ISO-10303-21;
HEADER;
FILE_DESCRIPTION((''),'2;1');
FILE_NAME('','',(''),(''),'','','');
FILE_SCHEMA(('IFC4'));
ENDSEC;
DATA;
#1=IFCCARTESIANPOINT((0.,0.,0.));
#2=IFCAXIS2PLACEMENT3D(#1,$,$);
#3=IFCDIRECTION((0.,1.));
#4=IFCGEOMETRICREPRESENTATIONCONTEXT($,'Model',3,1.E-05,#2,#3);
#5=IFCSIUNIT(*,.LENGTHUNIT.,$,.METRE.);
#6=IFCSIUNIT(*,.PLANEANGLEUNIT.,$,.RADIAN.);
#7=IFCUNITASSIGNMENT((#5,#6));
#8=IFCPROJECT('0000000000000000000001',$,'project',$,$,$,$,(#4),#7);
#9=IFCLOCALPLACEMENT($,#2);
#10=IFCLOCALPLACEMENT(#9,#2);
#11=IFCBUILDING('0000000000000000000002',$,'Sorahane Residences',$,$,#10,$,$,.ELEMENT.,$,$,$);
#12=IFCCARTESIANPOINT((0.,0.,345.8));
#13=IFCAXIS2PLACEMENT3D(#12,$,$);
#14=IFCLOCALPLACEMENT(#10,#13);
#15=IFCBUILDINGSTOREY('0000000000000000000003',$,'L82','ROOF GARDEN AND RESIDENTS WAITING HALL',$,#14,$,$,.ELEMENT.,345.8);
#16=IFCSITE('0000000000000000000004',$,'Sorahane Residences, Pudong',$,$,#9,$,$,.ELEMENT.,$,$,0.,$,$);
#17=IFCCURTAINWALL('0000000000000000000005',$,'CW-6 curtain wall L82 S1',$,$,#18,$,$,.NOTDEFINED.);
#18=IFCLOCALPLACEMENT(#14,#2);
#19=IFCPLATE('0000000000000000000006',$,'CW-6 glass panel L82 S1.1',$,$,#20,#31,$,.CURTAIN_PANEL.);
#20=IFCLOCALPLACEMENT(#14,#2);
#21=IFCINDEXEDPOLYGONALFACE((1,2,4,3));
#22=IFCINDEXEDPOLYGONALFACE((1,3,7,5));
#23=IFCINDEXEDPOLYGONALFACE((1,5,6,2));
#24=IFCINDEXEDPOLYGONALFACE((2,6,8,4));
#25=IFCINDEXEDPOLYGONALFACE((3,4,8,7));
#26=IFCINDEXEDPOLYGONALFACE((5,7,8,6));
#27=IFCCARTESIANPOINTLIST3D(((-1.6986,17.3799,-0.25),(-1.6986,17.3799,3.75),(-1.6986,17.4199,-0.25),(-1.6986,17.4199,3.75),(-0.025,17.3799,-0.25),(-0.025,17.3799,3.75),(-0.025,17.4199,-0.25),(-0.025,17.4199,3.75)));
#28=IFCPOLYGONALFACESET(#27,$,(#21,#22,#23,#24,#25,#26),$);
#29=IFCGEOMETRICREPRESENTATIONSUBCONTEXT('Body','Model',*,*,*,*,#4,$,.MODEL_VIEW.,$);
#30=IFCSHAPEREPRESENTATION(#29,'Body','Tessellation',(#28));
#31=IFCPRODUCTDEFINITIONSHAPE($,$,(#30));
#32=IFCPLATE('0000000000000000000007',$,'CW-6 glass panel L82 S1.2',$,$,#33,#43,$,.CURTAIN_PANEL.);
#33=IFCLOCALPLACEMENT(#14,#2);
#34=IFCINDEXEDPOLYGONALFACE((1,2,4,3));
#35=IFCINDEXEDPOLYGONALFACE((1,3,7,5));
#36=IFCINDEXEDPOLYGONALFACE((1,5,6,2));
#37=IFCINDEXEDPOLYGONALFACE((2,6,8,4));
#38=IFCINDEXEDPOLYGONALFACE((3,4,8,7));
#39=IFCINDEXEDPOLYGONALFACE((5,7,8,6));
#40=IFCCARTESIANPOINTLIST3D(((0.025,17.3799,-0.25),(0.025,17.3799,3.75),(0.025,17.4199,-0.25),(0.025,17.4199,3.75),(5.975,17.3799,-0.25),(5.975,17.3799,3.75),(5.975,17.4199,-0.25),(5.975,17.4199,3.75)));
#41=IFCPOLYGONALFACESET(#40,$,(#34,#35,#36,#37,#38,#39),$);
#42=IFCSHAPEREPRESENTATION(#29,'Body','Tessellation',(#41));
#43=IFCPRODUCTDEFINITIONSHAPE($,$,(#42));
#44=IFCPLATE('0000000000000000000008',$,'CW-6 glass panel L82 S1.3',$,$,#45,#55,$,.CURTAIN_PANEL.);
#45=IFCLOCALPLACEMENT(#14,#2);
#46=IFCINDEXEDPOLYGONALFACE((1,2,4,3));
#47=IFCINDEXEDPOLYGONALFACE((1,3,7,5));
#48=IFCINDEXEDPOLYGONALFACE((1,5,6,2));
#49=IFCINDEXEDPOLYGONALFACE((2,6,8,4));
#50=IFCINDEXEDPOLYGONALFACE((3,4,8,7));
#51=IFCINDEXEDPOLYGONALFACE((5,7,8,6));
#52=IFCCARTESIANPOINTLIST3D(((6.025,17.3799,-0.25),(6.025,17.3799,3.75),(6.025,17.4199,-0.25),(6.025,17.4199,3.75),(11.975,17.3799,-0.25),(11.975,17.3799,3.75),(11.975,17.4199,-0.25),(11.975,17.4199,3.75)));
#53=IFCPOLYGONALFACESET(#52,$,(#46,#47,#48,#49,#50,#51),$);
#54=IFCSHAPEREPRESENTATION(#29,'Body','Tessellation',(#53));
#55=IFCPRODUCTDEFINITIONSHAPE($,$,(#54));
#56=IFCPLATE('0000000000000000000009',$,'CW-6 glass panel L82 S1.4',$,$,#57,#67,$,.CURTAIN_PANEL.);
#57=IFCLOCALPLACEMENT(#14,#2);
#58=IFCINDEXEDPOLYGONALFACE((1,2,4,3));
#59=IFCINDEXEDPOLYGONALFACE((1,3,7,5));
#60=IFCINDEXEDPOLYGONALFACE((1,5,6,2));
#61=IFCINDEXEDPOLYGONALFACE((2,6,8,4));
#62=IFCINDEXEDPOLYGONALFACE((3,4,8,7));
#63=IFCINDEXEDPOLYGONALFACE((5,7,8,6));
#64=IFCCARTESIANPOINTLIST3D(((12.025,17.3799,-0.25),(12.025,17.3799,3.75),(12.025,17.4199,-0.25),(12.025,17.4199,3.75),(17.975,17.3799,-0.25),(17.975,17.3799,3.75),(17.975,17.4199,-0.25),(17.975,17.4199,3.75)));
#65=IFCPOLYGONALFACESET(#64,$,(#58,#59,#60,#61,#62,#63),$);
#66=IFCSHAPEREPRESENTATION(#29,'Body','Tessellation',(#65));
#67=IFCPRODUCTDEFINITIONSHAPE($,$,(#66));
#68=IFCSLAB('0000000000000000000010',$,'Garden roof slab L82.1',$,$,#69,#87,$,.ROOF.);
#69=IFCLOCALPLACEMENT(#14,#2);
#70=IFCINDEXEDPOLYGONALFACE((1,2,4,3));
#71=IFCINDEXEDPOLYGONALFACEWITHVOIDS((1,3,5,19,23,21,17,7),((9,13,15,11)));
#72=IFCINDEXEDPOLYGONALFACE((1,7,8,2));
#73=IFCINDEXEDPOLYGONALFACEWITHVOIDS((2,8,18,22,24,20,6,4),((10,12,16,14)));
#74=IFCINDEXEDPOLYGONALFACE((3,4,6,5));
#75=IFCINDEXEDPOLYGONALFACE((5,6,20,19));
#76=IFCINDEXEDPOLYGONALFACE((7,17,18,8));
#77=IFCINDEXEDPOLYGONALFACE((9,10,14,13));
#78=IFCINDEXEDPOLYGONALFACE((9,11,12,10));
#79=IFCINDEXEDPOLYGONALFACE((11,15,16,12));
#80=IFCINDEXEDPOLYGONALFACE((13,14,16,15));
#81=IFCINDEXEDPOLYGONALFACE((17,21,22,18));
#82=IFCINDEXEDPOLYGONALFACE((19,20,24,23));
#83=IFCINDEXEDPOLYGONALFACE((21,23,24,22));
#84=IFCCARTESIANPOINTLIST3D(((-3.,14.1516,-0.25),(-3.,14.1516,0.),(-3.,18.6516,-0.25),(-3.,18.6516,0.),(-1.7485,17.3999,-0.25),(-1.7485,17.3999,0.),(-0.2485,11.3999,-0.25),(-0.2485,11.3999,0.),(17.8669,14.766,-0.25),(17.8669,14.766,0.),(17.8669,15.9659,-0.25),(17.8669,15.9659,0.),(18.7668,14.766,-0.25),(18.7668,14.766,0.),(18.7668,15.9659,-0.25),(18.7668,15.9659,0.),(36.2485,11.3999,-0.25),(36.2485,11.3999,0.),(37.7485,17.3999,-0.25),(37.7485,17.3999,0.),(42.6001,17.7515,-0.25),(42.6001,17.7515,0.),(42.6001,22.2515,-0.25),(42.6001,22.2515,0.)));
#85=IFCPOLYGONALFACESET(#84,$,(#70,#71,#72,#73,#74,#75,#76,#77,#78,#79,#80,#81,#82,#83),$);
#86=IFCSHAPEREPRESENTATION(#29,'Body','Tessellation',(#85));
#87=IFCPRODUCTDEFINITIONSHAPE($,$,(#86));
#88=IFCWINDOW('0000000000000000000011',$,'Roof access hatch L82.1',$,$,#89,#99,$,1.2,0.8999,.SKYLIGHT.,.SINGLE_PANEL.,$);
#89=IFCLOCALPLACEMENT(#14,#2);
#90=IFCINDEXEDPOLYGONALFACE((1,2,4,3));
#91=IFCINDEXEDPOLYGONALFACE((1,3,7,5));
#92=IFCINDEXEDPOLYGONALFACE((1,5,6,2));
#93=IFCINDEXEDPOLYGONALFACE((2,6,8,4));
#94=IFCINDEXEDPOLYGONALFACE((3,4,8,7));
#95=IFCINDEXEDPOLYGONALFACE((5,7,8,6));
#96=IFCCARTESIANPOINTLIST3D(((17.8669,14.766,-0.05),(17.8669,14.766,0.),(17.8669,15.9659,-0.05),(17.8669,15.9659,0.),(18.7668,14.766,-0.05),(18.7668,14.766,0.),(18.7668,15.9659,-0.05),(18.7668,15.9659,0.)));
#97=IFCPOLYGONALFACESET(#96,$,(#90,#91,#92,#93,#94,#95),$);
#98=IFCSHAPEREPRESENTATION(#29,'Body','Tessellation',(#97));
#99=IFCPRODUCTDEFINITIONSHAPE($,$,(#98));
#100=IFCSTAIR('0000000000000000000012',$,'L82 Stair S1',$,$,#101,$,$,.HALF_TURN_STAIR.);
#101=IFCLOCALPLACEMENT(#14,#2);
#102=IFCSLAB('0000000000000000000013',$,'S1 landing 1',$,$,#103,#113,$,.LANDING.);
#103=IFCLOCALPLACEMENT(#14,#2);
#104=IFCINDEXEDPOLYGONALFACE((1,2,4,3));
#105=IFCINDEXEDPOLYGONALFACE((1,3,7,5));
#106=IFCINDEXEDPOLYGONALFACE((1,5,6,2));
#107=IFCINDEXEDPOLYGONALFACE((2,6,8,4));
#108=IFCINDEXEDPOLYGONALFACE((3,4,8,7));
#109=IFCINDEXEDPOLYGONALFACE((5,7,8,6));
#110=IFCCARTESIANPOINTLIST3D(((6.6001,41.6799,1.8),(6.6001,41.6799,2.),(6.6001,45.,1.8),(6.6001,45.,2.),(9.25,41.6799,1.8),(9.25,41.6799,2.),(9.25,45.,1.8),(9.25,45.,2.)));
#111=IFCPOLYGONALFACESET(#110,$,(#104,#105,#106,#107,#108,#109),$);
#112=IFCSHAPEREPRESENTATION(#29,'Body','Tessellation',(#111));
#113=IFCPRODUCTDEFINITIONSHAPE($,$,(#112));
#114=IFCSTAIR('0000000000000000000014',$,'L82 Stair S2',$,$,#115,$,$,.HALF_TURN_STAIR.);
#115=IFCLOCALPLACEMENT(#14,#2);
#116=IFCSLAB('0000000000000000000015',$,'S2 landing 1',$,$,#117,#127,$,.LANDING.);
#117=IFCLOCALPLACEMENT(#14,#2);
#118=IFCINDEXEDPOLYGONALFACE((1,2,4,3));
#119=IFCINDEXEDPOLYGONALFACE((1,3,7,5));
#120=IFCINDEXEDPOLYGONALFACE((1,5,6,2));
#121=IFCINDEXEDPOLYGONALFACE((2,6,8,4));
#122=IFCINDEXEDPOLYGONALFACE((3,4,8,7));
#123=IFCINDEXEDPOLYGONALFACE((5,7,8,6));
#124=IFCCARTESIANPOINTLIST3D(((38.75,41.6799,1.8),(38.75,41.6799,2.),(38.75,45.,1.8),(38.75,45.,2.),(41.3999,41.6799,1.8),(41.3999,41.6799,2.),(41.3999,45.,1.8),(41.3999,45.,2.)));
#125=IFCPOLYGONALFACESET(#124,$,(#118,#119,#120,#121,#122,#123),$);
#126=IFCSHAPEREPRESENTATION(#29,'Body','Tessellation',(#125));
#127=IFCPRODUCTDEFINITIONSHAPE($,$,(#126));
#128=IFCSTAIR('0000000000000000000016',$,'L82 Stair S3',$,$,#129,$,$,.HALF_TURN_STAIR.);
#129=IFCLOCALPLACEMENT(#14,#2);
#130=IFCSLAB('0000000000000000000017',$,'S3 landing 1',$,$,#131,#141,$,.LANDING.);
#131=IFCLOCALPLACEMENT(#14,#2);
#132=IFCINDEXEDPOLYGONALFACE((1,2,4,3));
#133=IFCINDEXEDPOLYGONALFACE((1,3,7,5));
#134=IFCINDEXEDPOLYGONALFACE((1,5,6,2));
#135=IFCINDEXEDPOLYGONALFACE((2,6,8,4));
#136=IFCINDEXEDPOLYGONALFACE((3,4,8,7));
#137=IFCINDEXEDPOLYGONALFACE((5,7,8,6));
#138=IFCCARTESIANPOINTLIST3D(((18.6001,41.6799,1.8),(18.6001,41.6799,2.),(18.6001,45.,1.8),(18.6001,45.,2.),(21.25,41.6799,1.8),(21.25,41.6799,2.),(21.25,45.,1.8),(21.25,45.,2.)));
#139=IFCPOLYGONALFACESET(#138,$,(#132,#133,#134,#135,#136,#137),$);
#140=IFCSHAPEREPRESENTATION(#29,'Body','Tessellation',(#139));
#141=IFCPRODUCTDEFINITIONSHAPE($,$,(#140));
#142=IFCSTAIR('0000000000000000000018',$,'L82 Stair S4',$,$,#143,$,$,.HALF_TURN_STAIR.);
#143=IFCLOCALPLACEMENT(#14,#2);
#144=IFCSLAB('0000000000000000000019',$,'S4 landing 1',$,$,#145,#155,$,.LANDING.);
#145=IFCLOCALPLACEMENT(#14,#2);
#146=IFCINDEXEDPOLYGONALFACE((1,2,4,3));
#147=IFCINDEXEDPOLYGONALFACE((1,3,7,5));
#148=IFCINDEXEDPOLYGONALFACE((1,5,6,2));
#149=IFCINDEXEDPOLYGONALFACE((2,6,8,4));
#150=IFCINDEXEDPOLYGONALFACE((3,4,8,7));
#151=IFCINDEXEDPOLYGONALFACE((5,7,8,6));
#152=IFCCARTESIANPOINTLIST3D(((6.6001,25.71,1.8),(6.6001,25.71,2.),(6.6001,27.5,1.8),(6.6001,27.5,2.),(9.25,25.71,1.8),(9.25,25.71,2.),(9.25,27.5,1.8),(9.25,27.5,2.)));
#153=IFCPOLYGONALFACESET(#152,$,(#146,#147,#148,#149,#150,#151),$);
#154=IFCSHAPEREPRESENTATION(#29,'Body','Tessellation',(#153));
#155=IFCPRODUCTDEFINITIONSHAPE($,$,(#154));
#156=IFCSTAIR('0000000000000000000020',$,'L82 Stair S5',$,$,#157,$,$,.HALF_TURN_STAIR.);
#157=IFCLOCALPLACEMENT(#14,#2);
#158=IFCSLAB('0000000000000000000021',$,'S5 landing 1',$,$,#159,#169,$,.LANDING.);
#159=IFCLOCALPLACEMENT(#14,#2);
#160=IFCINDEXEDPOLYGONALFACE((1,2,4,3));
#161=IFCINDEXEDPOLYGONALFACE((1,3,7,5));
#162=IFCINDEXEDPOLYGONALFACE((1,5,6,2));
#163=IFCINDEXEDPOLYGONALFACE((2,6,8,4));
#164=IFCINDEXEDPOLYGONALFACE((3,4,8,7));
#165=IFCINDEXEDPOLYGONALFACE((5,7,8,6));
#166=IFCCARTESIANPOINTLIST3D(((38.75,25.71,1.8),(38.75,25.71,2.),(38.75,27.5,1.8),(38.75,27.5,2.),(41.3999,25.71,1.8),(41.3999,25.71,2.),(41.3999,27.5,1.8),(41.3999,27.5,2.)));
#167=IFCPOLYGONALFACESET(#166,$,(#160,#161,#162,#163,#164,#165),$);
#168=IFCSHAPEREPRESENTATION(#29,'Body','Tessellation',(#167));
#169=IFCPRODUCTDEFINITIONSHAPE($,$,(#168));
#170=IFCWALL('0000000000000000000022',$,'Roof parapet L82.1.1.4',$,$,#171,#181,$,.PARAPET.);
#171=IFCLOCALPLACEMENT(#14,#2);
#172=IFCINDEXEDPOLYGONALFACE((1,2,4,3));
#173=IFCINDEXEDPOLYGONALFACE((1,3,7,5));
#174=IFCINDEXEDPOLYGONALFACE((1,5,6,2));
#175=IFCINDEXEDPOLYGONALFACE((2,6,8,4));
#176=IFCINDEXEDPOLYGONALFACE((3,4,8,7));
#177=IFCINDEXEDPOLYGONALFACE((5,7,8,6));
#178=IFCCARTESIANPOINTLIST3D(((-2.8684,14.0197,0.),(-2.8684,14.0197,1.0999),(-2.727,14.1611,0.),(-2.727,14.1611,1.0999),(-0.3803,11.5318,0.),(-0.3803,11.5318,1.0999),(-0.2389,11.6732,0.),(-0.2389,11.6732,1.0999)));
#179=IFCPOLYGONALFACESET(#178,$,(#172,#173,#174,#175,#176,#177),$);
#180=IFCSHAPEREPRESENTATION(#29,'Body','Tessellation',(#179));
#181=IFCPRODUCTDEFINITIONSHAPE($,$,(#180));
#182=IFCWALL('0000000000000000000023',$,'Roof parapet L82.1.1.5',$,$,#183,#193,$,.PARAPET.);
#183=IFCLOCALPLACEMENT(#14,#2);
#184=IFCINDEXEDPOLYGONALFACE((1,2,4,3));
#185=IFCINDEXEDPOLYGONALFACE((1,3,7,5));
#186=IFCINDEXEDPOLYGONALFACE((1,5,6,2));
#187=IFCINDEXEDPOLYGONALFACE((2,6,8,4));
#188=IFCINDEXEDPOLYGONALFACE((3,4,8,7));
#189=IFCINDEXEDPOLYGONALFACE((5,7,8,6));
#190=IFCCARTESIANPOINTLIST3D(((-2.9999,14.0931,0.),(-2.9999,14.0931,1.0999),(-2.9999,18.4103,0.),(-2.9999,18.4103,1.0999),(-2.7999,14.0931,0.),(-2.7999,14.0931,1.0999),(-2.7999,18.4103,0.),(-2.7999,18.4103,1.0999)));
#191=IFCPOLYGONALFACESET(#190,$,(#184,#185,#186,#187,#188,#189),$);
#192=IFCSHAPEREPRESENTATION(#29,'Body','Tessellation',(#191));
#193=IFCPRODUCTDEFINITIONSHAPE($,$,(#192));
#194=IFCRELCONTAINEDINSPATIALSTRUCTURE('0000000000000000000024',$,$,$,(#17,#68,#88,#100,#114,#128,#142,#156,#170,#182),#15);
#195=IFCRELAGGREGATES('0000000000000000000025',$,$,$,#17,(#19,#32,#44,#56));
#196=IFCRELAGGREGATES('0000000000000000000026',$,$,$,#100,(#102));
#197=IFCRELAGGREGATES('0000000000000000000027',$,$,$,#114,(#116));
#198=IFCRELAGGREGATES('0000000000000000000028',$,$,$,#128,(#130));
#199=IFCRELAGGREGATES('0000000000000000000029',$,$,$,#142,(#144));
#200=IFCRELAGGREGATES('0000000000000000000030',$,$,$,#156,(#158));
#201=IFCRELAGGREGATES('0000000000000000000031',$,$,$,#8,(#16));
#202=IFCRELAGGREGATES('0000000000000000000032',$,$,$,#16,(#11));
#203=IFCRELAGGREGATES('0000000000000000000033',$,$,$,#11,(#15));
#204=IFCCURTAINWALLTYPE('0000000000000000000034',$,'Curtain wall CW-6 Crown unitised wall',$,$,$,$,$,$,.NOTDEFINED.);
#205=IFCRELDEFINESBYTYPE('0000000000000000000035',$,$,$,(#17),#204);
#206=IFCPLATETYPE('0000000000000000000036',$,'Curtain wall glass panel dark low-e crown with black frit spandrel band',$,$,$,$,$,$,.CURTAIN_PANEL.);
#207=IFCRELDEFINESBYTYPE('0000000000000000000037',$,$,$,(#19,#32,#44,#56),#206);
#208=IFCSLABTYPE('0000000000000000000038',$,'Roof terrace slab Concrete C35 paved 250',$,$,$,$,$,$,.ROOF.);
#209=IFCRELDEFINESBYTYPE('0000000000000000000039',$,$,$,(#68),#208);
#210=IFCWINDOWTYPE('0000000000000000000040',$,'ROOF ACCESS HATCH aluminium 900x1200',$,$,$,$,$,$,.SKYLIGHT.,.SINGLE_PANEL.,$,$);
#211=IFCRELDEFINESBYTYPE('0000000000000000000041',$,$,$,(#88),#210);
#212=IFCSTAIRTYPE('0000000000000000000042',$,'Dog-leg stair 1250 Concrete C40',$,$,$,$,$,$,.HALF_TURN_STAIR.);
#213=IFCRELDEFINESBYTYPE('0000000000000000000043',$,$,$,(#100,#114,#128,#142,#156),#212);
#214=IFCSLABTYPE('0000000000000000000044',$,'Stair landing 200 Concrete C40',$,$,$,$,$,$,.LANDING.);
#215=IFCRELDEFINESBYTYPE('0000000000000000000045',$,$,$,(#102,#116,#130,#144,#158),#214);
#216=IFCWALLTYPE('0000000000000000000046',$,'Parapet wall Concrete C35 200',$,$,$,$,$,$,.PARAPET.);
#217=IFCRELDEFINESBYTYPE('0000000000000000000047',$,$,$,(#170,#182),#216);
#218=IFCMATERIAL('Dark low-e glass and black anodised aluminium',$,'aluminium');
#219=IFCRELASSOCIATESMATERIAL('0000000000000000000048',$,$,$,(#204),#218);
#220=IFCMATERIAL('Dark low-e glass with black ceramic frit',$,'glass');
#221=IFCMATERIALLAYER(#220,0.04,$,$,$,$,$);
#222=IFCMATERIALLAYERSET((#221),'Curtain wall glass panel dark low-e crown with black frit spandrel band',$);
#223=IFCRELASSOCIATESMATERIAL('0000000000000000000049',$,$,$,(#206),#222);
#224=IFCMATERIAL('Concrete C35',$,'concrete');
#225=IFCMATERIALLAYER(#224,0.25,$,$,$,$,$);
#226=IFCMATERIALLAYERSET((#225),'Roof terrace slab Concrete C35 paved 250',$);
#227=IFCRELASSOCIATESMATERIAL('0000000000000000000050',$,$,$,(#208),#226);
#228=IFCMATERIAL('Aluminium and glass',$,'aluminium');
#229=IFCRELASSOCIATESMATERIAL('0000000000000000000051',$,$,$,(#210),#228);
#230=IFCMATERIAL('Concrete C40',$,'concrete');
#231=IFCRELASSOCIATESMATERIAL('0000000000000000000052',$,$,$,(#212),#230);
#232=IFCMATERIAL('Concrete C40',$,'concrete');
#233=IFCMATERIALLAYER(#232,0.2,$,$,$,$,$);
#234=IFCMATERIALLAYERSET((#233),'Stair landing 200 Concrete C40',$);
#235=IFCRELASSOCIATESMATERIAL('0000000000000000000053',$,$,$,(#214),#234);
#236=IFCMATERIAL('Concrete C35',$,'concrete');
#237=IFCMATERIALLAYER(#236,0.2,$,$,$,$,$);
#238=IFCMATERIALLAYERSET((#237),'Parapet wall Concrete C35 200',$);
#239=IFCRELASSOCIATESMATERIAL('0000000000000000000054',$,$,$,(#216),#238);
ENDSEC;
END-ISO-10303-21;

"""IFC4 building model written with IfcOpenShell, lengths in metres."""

from ifc_helpers import new_model, si_unit, direction, frame, frame_2d, origin, origin_2d, place, context, subcontext, project, spatial, polyline, rectangle, outline, extrude, material, layer, layer_set, type_object, element, fill, aggregate, save


model = new_model("IFC4")

# Units and contexts
model_context = context("Model", 3, precision=1e-05, world=origin(), true_north=direction((0.0, 1.0)))
body_context = subcontext(model_context, "Body", "Model", "MODEL_VIEW")
ifc_project = project(units=[si_unit("LENGTHUNIT", "METRE"), si_unit("PLANEANGLEUNIT", "RADIAN")], contexts=[model_context])

# Site, building, storey
site_placement = place(None, origin())
site = spatial("IfcSite", under=ifc_project, at=site_placement, Name="Sorahane Residences, Pudong", CompositionType="ELEMENT", RefElevation=0.0)
building_placement = place(site_placement, origin())
building = spatial("IfcBuilding", under=site, at=building_placement, Name="Sorahane Residences", CompositionType="ELEMENT")
storey_placement = place(building_placement, frame((0.0, 0.0, 345.8)))
storey = spatial("IfcBuildingStorey", under=building, at=storey_placement, Name="L82", Description="ROOF GARDEN AND RESIDENTS WAITING HALL", CompositionType="ELEMENT", Elevation=345.8)

# Curtain wall
ifc_material_1 = material(Name="Dark low-e glass and black anodised aluminium", Category="aluminium")
curtain_wall_type = type_object("IfcCurtainWallType", Name="Curtain wall CW-6 Crown unitised wall", PredefinedType="NOTDEFINED", material=ifc_material_1)
curtain_wall_1_placement = place(storey_placement, origin())
curtain_wall_1 = element("IfcCurtainWall", 1, at=curtain_wall_1_placement, inside=storey, type_object=curtain_wall_type, Name="CW-6 curtain wall L82 S1", PredefinedType="NOTDEFINED")

# Plates
ifc_material_2 = material(Name="Dark low-e glass with black ceramic frit", Category="glass")
ifc_layer_1 = layer(ifc_material_2, 0.04)
ifc_layer_set_1 = layer_set([ifc_layer_1], Name="Curtain wall glass panel dark low-e crown with black frit spandrel band")
plate_type = type_object("IfcPlateType", Name="Curtain wall glass panel dark low-e crown with black frit spandrel band", PredefinedType="CURTAIN_PANEL", material=ifc_layer_set_1)
plate_1_placement = place(storey_placement, frame((-0.8618, 17.3999, -0.25), z_axis=(0.0, 0.0, 1.0), x_axis=(1.0, 0.0, 0.0)))
plate_1 = element("IfcPlate", 2, at=plate_1_placement, type_object=plate_type, Name="CW-6 glass panel L82 S1.1", PredefinedType="CURTAIN_PANEL", context=body_context, shape_type="SweptSolid", body=[
    extrude(rectangle(XDim=1.6736, YDim=0.04, at=origin_2d()), origin(), (0.0, 0.0, 1.0), 4.0),
])
plate_2_placement = place(storey_placement, frame((3.0, 17.3999, -0.25), z_axis=(0.0, 0.0, 1.0), x_axis=(1.0, 0.0, 0.0)))
plate_2 = element("IfcPlate", 3, at=plate_2_placement, type_object=plate_type, Name="CW-6 glass panel L82 S1.2", PredefinedType="CURTAIN_PANEL", context=body_context, shape_type="SweptSolid", body=[
    extrude(rectangle(XDim=5.95, YDim=0.04, at=origin_2d()), origin(), (0.0, 0.0, 1.0), 4.0),
])
plate_3_placement = place(storey_placement, frame((9.0, 17.3999, -0.25), z_axis=(0.0, 0.0, 1.0), x_axis=(1.0, 0.0, 0.0)))
plate_3 = element("IfcPlate", 4, at=plate_3_placement, type_object=plate_type, Name="CW-6 glass panel L82 S1.3", PredefinedType="CURTAIN_PANEL", context=body_context, shape_type="SweptSolid", body=[
    extrude(rectangle(XDim=5.95, YDim=0.04, at=origin_2d()), origin(), (0.0, 0.0, 1.0), 4.0),
])
plate_4_placement = place(storey_placement, frame((15.0, 17.3999, -0.25), z_axis=(0.0, 0.0, 1.0), x_axis=(1.0, 0.0, 0.0)))
plate_4 = element("IfcPlate", 5, at=plate_4_placement, type_object=plate_type, Name="CW-6 glass panel L82 S1.4", PredefinedType="CURTAIN_PANEL", context=body_context, shape_type="SweptSolid", body=[
    extrude(rectangle(XDim=5.95, YDim=0.04, at=origin_2d()), origin(), (0.0, 0.0, 1.0), 4.0),
])
aggregate(curtain_wall_1, [plate_1, plate_2, plate_3, plate_4])

# Slab, opening, window
ifc_material_3 = material(Name="Concrete C35", Category="concrete")
ifc_layer_2 = layer(ifc_material_3, 0.25)
ifc_layer_set_2 = layer_set([ifc_layer_2], Name="Roof terrace slab Concrete C35 paved 250")
slab_type_1 = type_object("IfcSlabType", Name="Roof terrace slab Concrete C35 paved 250", PredefinedType="ROOF", material=ifc_layer_set_2)
slab_1_placement = place(storey_placement, frame((0.0, 0.0, -0.25)))
slab_1 = element("IfcSlab", 6, at=slab_1_placement, inside=storey, type_object=slab_type_1, Name="Garden roof slab L82.1", PredefinedType="ROOF", context=body_context, shape_type="SweptSolid", body=[
    extrude(outline(polyline([(-1.7485, 17.3999), (37.7485, 17.3999), (42.6001, 22.2515), (42.6001, 17.7515), (36.2485, 11.3999), (-0.2485, 11.3999), (-3.0, 14.1516), (-3.0, 18.6516), (-1.7485, 17.3999)])), origin(), (0.0, 0.0, 1.0), 0.25),
])
opening_placement = place(slab_1_placement, frame((18.3169, 15.366, 0.0)))
opening = element("IfcOpeningElement", 7, at=opening_placement, cuts=slab_1, PredefinedType="OPENING", context=body_context, shape_type="SweptSolid", body=[
    extrude(rectangle(XDim=0.8999, YDim=1.2, at=origin_2d()), frame((0.0, 0.0, -0.01)), (0.0, 0.0, 1.0), 0.27),
])
ifc_material_4 = material(Name="Aluminium and glass", Category="aluminium")
window_type = type_object("IfcWindowType", Name="ROOF ACCESS HATCH aluminium 900x1200", PartitioningType="SINGLE_PANEL", PredefinedType="SKYLIGHT", material=ifc_material_4)
window_placement = place(opening_placement, frame((0.0, 0.0, 0.2)))
window = element("IfcWindow", 8, at=window_placement, inside=storey, type_object=window_type, Name="Roof access hatch L82.1", OverallHeight=1.2, OverallWidth=0.8999, PartitioningType="SINGLE_PANEL", PredefinedType="SKYLIGHT", context=body_context, shape_type="SweptSolid", body=[
    extrude(rectangle(XDim=0.8999, YDim=1.2, at=origin_2d()), origin(), (0.0, 0.0, 1.0), 0.05),
])
fill(opening, window)

# Stairs, slabs
ifc_material_5 = material(Name="Concrete C40", Category="concrete")
stair_type = type_object("IfcStairType", Name="Dog-leg stair 1250 Concrete C40", PredefinedType="HALF_TURN_STAIR", material=ifc_material_5)
stair_1_placement = place(storey_placement, origin())
stair_1 = element("IfcStair", 9, at=stair_1_placement, inside=storey, type_object=stair_type, Name="L82 Stair S1", PredefinedType="HALF_TURN_STAIR")
ifc_material_6 = material(Name="Concrete C40", Category="concrete")
ifc_layer_3 = layer(ifc_material_6, 0.2)
ifc_layer_set_3 = layer_set([ifc_layer_3], Name="Stair landing 200 Concrete C40")
slab_type_2 = type_object("IfcSlabType", Name="Stair landing 200 Concrete C40", PredefinedType="LANDING", material=ifc_layer_set_3)
slab_2_placement = place(storey_placement, frame((0.0, 0.0, 1.8)))
slab_2 = element("IfcSlab", 10, at=slab_2_placement, type_object=slab_type_2, Name="S1 landing 1", PredefinedType="LANDING", context=body_context, shape_type="SweptSolid", body=[
    extrude(outline(polyline([(9.25, 41.6799), (9.25, 45.0), (6.6001, 45.0), (6.6001, 41.6799), (9.25, 41.6799)])), origin(), (0.0, 0.0, 1.0), 0.2),
])
aggregate(stair_1, [slab_2])
stair_2_placement = place(storey_placement, origin())
stair_2 = element("IfcStair", 11, at=stair_2_placement, inside=storey, type_object=stair_type, Name="L82 Stair S2", PredefinedType="HALF_TURN_STAIR")
slab_3_placement = place(storey_placement, frame((0.0, 0.0, 1.8)))
slab_3 = element("IfcSlab", 12, at=slab_3_placement, type_object=slab_type_2, Name="S2 landing 1", PredefinedType="LANDING", context=body_context, shape_type="SweptSolid", body=[
    extrude(outline(polyline([(41.3999, 41.6799), (41.3999, 45.0), (38.75, 45.0), (38.75, 41.6799), (41.3999, 41.6799)])), origin(), (0.0, 0.0, 1.0), 0.2),
])
aggregate(stair_2, [slab_3])
stair_3_placement = place(storey_placement, origin())
stair_3 = element("IfcStair", 13, at=stair_3_placement, inside=storey, type_object=stair_type, Name="L82 Stair S3", PredefinedType="HALF_TURN_STAIR")
slab_4_placement = place(storey_placement, frame((0.0, 0.0, 1.8)))
slab_4 = element("IfcSlab", 14, at=slab_4_placement, type_object=slab_type_2, Name="S3 landing 1", PredefinedType="LANDING", context=body_context, shape_type="SweptSolid", body=[
    extrude(outline(polyline([(21.25, 41.6799), (21.25, 45.0), (18.6001, 45.0), (18.6001, 41.6799), (21.25, 41.6799)])), origin(), (0.0, 0.0, 1.0), 0.2),
])
aggregate(stair_3, [slab_4])
stair_4_placement = place(storey_placement, origin())
stair_4 = element("IfcStair", 15, at=stair_4_placement, inside=storey, type_object=stair_type, Name="L82 Stair S4", PredefinedType="HALF_TURN_STAIR")
slab_5_placement = place(storey_placement, frame((0.0, 0.0, 1.8)))
slab_5 = element("IfcSlab", 16, at=slab_5_placement, type_object=slab_type_2, Name="S4 landing 1", PredefinedType="LANDING", context=body_context, shape_type="SweptSolid", body=[
    extrude(outline(polyline([(9.25, 25.71), (9.25, 27.5), (6.6001, 27.5), (6.6001, 25.71), (9.25, 25.71)])), origin(), (0.0, 0.0, 1.0), 0.2),
])
aggregate(stair_4, [slab_5])
stair_5_placement = place(storey_placement, origin())
stair_5 = element("IfcStair", 17, at=stair_5_placement, inside=storey, type_object=stair_type, Name="L82 Stair S5", PredefinedType="HALF_TURN_STAIR")
slab_6_placement = place(storey_placement, frame((0.0, 0.0, 1.8)))
slab_6 = element("IfcSlab", 18, at=slab_6_placement, type_object=slab_type_2, Name="S5 landing 1", PredefinedType="LANDING", context=body_context, shape_type="SweptSolid", body=[
    extrude(outline(polyline([(41.3999, 25.71), (41.3999, 27.5), (38.75, 27.5), (38.75, 25.71), (41.3999, 25.71)])), origin(), (0.0, 0.0, 1.0), 0.2),
])
aggregate(stair_5, [slab_6])

# Walls
ifc_material_7 = material(Name="Concrete C35", Category="concrete")
ifc_layer_4 = layer(ifc_material_7, 0.2)
ifc_layer_set_4 = layer_set([ifc_layer_4], Name="Parapet wall Concrete C35 200")
wall_type_1 = type_object("IfcWallType", Name="Parapet wall Concrete C35 200", PredefinedType="PARAPET", material=ifc_layer_set_4)
wall_1_placement = place(storey_placement, frame((-0.3096, 11.6025, 0.0), z_axis=(0.0, 0.0, 1.0), x_axis=(-0.707141, 0.707072, 0.0)))
element("IfcWall", 19, at=wall_1_placement, inside=storey, type_object=wall_type_1, Name="Roof parapet L82.1.1.4", PredefinedType="PARAPET", context=body_context, shape_type="SweptSolid", body=[
    extrude(rectangle(XDim=3.5186, YDim=0.2, at=frame_2d((1.7593, 0.0))), origin(), (0.0, 0.0, 1.0), 1.0999),
])
wall_2_placement = place(storey_placement, frame((-2.8999, 14.093, 0.0), z_axis=(0.0, 0.0, 1.0), x_axis=(0.0, 1.0, 0.0)))
element("IfcWall", 20, at=wall_2_placement, inside=storey, type_object=wall_type_1, Name="Roof parapet L82.1.1.5", PredefinedType="PARAPET", context=body_context, shape_type="SweptSolid", body=[
    extrude(rectangle(XDim=4.3171, YDim=0.2, at=frame_2d((2.1587, 0.0))), origin(), (0.0, 0.0, 1.0), 1.0999),
])

save(model, "model.ifc")
